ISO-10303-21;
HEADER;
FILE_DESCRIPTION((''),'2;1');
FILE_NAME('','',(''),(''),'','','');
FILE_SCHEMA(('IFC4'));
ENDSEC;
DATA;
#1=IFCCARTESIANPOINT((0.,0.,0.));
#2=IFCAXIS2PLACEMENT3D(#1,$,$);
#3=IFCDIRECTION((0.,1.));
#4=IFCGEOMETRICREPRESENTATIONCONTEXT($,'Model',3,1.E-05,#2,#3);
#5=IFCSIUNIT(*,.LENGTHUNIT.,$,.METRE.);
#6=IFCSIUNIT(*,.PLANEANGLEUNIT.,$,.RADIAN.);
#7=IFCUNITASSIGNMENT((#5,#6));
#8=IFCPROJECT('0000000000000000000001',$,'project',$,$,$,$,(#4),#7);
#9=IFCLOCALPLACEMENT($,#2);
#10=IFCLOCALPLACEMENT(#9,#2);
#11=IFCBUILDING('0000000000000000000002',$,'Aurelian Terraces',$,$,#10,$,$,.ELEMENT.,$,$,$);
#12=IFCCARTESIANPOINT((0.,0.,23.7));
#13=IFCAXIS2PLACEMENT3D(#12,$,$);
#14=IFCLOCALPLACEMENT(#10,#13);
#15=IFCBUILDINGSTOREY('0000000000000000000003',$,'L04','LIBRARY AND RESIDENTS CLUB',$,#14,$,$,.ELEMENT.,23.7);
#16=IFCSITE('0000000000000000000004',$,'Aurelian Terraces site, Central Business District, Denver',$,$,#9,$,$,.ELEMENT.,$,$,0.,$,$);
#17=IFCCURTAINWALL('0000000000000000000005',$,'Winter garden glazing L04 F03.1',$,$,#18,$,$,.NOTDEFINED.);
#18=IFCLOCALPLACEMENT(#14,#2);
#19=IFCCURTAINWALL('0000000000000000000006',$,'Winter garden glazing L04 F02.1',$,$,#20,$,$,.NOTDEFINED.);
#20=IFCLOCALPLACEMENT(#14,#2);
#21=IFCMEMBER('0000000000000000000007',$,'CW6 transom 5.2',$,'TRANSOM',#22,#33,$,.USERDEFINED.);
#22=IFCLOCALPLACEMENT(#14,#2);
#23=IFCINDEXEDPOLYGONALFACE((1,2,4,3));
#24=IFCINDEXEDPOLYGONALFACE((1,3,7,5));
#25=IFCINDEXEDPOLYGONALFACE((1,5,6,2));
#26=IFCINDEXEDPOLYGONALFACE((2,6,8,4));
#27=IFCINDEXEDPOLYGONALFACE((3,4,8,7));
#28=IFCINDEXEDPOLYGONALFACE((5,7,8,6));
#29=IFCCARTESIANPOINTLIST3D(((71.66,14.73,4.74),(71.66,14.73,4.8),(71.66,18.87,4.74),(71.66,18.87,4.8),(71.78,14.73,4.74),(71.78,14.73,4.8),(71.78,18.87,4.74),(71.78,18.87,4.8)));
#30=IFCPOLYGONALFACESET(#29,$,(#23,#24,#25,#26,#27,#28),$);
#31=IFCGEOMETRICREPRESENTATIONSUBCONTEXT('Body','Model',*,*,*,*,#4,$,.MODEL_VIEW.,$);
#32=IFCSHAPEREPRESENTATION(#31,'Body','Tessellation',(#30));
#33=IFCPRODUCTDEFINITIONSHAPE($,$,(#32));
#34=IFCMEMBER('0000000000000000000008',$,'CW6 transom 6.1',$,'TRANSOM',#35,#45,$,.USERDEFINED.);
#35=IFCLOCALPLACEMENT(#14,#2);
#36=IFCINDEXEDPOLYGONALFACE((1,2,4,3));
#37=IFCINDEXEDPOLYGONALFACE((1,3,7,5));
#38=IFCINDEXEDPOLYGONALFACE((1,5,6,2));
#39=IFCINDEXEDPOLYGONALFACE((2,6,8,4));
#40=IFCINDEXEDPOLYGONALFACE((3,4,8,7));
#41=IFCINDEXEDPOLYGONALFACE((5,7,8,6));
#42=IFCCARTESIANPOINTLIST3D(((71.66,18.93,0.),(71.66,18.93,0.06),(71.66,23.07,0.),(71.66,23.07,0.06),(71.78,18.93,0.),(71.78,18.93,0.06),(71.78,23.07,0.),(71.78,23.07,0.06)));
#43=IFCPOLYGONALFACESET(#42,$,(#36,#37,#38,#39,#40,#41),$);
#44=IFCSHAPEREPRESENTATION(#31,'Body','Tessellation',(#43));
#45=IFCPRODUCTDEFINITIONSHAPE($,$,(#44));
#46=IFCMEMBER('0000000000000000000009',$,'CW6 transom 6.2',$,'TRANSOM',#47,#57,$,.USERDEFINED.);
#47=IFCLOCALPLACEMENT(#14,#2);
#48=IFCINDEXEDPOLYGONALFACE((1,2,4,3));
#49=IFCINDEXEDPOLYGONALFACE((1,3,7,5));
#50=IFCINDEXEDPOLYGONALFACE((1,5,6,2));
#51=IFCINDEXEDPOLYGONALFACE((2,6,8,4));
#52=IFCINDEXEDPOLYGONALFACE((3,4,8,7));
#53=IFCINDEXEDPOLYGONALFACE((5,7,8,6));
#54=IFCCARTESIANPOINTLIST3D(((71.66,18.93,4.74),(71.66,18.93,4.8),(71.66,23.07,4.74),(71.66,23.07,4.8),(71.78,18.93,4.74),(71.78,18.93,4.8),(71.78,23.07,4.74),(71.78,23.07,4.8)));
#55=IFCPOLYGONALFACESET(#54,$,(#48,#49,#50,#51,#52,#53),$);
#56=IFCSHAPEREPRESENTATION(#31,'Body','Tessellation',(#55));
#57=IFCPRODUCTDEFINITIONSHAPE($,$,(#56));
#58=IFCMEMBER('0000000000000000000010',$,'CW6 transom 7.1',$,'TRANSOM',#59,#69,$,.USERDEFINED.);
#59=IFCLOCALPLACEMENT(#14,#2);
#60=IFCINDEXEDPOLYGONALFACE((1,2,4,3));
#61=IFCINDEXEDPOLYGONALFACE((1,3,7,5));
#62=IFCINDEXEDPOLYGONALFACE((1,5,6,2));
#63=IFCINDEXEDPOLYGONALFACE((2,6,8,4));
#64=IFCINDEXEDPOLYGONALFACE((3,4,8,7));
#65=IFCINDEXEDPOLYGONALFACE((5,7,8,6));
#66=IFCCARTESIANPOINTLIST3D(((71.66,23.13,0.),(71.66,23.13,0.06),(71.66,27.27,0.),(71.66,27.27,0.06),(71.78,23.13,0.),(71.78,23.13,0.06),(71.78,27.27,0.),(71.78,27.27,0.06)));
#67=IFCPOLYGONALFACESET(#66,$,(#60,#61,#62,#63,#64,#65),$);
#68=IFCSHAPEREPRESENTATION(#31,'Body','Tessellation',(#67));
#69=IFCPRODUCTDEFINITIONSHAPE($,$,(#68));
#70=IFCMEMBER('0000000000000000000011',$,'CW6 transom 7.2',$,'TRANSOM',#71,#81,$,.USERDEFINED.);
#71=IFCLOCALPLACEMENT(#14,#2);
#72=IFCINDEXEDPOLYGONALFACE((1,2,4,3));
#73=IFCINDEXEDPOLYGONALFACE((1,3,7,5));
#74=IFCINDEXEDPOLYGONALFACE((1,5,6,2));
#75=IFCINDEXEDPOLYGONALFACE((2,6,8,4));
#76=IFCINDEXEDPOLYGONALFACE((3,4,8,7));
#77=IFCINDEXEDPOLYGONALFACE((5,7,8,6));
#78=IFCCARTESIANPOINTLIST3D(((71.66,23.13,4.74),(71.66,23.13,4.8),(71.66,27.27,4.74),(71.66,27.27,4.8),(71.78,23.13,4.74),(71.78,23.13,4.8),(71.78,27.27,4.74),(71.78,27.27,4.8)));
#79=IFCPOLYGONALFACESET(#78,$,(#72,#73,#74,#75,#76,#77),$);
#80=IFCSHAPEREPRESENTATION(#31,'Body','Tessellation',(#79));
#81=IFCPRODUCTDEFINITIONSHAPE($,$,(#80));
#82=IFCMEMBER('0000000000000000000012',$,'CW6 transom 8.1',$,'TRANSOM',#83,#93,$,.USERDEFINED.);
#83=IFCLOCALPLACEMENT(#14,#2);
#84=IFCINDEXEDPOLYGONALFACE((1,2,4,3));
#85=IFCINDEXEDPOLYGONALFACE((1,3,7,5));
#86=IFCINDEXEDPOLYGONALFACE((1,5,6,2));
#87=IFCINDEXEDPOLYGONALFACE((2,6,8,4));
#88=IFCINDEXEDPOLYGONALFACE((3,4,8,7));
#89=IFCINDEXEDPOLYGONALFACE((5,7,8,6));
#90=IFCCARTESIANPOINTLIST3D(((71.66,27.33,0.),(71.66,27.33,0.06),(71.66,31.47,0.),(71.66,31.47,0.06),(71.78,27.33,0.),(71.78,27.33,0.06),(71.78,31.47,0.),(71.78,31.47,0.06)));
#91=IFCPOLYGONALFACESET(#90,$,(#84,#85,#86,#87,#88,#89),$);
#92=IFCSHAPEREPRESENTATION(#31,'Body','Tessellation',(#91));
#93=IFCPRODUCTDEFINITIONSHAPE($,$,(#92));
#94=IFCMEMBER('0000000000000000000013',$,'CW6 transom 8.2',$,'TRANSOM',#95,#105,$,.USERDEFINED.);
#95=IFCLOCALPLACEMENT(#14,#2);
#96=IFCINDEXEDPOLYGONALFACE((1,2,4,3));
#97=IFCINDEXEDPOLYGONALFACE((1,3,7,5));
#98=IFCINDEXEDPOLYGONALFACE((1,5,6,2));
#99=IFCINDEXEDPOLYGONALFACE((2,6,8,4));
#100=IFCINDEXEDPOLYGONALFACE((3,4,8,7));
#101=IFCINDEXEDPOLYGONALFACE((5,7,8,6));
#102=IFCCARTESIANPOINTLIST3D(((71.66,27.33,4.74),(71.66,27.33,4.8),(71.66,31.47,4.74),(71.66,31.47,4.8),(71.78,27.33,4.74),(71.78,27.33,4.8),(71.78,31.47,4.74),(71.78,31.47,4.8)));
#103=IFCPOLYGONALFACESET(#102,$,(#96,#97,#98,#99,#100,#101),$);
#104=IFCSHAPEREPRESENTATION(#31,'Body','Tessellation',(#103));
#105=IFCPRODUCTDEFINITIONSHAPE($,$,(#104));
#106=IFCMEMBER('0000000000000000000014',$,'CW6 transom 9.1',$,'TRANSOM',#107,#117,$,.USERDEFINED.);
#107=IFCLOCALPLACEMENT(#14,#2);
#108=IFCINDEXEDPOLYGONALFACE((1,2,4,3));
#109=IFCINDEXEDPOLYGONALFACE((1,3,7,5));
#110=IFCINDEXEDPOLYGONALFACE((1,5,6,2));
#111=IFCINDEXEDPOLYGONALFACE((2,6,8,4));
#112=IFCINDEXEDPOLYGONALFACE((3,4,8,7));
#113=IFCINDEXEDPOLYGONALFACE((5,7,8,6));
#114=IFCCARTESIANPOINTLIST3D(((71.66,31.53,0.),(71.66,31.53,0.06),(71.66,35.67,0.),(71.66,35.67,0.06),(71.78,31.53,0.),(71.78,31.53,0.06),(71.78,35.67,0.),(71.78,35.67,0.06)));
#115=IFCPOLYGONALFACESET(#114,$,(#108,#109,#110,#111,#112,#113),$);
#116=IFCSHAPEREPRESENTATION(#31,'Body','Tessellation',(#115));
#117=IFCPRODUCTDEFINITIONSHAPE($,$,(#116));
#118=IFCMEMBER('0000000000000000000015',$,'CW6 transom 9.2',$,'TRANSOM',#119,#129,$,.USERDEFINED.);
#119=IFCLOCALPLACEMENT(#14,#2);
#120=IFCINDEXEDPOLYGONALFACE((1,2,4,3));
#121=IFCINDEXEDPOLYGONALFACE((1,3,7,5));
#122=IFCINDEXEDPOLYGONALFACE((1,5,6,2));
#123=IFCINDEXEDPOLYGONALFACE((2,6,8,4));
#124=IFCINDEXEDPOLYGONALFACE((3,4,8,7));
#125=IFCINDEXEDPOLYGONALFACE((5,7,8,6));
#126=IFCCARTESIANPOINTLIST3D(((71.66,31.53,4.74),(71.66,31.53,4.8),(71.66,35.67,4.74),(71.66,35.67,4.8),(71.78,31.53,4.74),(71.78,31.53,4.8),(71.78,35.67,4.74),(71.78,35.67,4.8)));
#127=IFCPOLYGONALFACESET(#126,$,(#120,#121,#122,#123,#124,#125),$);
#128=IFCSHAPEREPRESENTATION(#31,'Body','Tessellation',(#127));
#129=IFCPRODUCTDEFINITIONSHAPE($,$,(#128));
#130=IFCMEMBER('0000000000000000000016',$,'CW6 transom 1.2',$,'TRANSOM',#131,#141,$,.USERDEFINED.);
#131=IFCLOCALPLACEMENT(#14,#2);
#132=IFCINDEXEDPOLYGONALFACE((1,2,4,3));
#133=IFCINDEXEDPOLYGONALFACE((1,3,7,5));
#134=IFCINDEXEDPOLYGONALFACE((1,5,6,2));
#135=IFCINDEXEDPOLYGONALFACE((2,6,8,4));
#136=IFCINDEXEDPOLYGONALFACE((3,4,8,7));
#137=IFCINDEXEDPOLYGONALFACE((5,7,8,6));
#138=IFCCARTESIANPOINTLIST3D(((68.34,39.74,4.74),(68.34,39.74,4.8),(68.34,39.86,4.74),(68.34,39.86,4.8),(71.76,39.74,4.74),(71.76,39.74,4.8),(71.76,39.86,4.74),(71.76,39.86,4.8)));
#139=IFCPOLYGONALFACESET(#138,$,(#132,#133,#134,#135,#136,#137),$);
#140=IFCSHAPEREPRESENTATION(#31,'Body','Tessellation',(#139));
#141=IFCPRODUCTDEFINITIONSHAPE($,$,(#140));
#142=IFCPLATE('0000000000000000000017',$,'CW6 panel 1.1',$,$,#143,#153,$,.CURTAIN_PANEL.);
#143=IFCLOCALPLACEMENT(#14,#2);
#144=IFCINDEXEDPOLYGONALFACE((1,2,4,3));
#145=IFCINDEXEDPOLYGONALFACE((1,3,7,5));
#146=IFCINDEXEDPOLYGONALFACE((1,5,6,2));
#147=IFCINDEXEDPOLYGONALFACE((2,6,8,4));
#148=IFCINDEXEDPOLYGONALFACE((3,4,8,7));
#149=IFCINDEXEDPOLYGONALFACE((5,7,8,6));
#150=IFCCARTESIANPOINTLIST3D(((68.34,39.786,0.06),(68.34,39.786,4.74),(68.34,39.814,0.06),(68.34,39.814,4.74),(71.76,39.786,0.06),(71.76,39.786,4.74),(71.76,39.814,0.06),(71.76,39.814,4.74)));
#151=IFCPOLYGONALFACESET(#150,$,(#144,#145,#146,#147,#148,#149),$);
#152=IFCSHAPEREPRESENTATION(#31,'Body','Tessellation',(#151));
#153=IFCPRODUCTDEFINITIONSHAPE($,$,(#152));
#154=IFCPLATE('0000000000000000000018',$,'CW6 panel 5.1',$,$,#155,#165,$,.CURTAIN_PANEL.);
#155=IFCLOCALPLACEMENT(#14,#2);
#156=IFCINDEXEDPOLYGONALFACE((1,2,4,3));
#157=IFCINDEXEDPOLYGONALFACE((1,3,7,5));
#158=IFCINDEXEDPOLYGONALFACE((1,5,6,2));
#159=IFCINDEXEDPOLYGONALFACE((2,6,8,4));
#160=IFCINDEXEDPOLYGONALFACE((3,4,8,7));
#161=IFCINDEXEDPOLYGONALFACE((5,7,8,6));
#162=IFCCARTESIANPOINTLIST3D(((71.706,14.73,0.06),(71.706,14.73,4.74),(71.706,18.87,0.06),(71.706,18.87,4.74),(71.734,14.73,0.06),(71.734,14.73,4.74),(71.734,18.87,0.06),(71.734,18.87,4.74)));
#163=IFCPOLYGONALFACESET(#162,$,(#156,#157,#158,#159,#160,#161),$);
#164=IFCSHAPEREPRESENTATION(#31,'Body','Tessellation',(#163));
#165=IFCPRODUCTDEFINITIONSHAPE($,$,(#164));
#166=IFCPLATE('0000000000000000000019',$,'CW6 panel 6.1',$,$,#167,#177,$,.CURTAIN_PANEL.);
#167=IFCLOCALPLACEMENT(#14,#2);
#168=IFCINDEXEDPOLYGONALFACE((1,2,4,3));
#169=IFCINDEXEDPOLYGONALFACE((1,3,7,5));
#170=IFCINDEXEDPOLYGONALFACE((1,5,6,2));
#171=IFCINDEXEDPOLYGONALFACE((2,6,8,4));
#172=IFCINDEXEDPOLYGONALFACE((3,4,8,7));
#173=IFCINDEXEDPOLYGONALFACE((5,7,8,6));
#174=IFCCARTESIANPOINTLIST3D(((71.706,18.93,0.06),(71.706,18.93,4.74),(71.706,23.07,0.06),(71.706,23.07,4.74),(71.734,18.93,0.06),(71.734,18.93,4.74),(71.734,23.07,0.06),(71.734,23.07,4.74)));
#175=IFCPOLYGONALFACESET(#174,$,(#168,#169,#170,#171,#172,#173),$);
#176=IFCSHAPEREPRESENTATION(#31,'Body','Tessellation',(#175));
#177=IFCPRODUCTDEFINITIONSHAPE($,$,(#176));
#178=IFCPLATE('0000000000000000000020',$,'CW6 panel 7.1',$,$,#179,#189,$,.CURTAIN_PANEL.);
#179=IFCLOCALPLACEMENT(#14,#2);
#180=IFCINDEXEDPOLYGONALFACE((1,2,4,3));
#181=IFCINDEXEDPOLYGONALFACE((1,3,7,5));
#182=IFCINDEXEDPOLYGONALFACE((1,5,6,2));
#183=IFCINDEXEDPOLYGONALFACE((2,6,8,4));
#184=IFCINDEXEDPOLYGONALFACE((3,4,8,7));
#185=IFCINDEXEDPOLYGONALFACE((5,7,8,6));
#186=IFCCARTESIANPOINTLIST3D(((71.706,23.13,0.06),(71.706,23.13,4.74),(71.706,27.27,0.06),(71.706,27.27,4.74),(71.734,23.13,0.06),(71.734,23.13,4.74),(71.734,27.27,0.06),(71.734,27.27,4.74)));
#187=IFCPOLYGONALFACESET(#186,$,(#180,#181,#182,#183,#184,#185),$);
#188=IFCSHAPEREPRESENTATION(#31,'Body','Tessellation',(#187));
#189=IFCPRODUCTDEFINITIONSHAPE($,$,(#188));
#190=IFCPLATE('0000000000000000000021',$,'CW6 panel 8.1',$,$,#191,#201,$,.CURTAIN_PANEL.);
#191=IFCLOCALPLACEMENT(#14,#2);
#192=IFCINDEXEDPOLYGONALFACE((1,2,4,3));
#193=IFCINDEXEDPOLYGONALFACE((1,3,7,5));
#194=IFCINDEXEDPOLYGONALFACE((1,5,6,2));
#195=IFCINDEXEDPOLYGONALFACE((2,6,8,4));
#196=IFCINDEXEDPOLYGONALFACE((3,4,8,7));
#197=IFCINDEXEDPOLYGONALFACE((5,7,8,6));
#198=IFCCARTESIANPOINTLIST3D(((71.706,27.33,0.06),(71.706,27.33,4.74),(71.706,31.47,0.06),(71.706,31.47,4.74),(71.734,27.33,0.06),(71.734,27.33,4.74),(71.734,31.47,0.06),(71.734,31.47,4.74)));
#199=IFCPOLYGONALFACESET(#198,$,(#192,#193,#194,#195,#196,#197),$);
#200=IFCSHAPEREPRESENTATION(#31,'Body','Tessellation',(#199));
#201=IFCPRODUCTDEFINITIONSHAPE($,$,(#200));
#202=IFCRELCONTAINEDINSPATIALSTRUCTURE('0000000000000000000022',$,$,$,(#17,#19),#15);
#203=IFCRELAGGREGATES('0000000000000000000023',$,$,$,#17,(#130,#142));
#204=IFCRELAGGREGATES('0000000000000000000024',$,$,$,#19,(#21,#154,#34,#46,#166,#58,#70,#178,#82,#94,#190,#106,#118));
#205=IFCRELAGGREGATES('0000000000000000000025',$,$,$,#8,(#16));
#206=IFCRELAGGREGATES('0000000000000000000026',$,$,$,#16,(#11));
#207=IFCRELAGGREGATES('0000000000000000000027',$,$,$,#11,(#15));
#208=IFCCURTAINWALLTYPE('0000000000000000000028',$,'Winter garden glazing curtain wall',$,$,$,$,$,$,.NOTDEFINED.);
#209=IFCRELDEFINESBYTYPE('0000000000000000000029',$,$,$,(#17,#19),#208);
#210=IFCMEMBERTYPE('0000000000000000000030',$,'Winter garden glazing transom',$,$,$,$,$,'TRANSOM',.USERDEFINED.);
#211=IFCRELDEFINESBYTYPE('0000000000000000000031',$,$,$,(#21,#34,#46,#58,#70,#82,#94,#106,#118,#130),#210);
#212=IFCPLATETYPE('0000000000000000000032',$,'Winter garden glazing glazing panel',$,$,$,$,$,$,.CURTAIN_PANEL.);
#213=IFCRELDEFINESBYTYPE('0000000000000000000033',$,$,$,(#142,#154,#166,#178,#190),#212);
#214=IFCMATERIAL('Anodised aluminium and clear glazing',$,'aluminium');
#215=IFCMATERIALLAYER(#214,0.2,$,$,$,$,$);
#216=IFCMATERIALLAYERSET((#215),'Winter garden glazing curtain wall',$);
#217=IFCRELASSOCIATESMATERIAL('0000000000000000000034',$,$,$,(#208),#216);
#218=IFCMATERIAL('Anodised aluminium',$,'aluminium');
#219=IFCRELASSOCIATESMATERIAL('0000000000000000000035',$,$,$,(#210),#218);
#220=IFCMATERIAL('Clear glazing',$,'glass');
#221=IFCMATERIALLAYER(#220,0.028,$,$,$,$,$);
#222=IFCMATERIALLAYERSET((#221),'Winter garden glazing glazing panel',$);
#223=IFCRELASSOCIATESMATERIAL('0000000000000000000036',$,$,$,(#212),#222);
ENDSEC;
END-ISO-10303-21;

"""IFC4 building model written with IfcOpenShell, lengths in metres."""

from ifc_helpers import new_model, si_unit, direction, frame, origin, origin_2d, place, context, subcontext, project, spatial, rectangle, extrude, source, transform, mapped, material, layer, layer_set, material_profile, profile_set, type_object, element, aggregate, save


model = new_model("IFC4")

# Units and contexts
model_context = context("Model", 3, precision=1e-05, world=origin(), true_north=direction((0.0, 1.0)))
body_context = subcontext(model_context, "Body", "Model", "MODEL_VIEW")
ifc_project = project(units=[si_unit("LENGTHUNIT", "METRE"), si_unit("PLANEANGLEUNIT", "RADIAN")], contexts=[model_context])

# Site, building, storey
site_placement = place(None, origin())
site = spatial("IfcSite", under=ifc_project, at=site_placement, Name="Aurelian Terraces site, Central Business District, Denver", CompositionType="ELEMENT", RefElevation=0.0)
building_placement = place(site_placement, origin())
building = spatial("IfcBuilding", under=site, at=building_placement, Name="Aurelian Terraces", CompositionType="ELEMENT")
storey_placement = place(building_placement, frame((0.0, 0.0, 23.7)))
storey = spatial("IfcBuildingStorey", under=building, at=storey_placement, Name="L04", Description="LIBRARY AND RESIDENTS CLUB", CompositionType="ELEMENT", Elevation=23.7)

# Curtain wall
ifc_material_1 = material(Name="Anodised aluminium and clear glazing", Category="aluminium")
ifc_layer_1 = layer(ifc_material_1, 0.2)
ifc_layer_set_1 = layer_set([ifc_layer_1], Name="Winter garden glazing curtain wall")
curtain_wall_type = type_object("IfcCurtainWallType", Name="Winter garden glazing curtain wall", PredefinedType="NOTDEFINED", material=ifc_layer_set_1)
curtain_wall_1_placement = place(storey_placement, origin())
curtain_wall_1 = element("IfcCurtainWall", 1, at=curtain_wall_1_placement, inside=storey, type_object=curtain_wall_type, Name="Winter garden glazing L04 F03.1", PredefinedType="NOTDEFINED")
ifc_material_2 = material(Name="Anodised aluminium", Category="aluminium")
ifc_material_profile_1 = material_profile(ifc_material_2, rectangle(XDim=0.12, YDim=0.06, at=origin_2d()))
ifc_profile_set_1 = profile_set([ifc_material_profile_1], Name="Anodised aluminium")
member_type_1 = type_object("IfcMemberType", Name="Winter garden glazing transom", ElementType="TRANSOM", PredefinedType="USERDEFINED", material=ifc_profile_set_1)

# Curtain wall
curtain_wall_2_placement = place(storey_placement, origin())
curtain_wall_2 = element("IfcCurtainWall", 2, at=curtain_wall_2_placement, inside=storey, type_object=curtain_wall_type, Name="Winter garden glazing L04 F02.1", PredefinedType="NOTDEFINED")

# Members
shared_shape_1 = source(origin(), body_context, "Body", "SweptSolid", [
    extrude(rectangle(XDim=0.12, YDim=0.06, at=origin_2d()), origin(), (0.0, 0.0, 1.0), 4.14),
])
member_1_placement = place(storey_placement, frame((71.72, 14.73, 4.77), z_axis=(0.0, 1.0, 0.0), x_axis=(-1.0, 0.0, 0.0)))
member_1 = element("IfcMember", 3, at=member_1_placement, type_object=member_type_1, Name="CW6 transom 5.2", ObjectType="TRANSOM", PredefinedType="USERDEFINED", context=body_context, shape_type="MappedRepresentation", body=[
    mapped(shared_shape_1, transform((0.0, 0.0, 0.0), scale=1.0)),
])
member_2_placement = place(storey_placement, frame((71.72, 18.93, 0.03), z_axis=(0.0, 1.0, 0.0), x_axis=(-1.0, 0.0, 0.0)))
member_2 = element("IfcMember", 4, at=member_2_placement, type_object=member_type_1, Name="CW6 transom 6.1", ObjectType="TRANSOM", PredefinedType="USERDEFINED", context=body_context, shape_type="MappedRepresentation", body=[
    mapped(shared_shape_1, transform((0.0, 0.0, 0.0), scale=1.0)),
])
member_3_placement = place(storey_placement, frame((71.72, 18.93, 4.77), z_axis=(0.0, 1.0, 0.0), x_axis=(-1.0, 0.0, 0.0)))
member_3 = element("IfcMember", 5, at=member_3_placement, type_object=member_type_1, Name="CW6 transom 6.2", ObjectType="TRANSOM", PredefinedType="USERDEFINED", context=body_context, shape_type="MappedRepresentation", body=[
    mapped(shared_shape_1, transform((0.0, 0.0, 0.0), scale=1.0)),
])
member_4_placement = place(storey_placement, frame((71.72, 23.13, 0.03), z_axis=(0.0, 1.0, 0.0), x_axis=(-1.0, 0.0, 0.0)))
member_4 = element("IfcMember", 6, at=member_4_placement, type_object=member_type_1, Name="CW6 transom 7.1", ObjectType="TRANSOM", PredefinedType="USERDEFINED", context=body_context, shape_type="MappedRepresentation", body=[
    mapped(shared_shape_1, transform((0.0, 0.0, 0.0), scale=1.0)),
])
member_5_placement = place(storey_placement, frame((71.72, 23.13, 4.77), z_axis=(0.0, 1.0, 0.0), x_axis=(-1.0, 0.0, 0.0)))
member_5 = element("IfcMember", 7, at=member_5_placement, type_object=member_type_1, Name="CW6 transom 7.2", ObjectType="TRANSOM", PredefinedType="USERDEFINED", context=body_context, shape_type="MappedRepresentation", body=[
    mapped(shared_shape_1, transform((0.0, 0.0, 0.0), scale=1.0)),
])
member_6_placement = place(storey_placement, frame((71.72, 27.33, 0.03), z_axis=(0.0, 1.0, 0.0), x_axis=(-1.0, 0.0, 0.0)))
member_6 = element("IfcMember", 8, at=member_6_placement, type_object=member_type_1, Name="CW6 transom 8.1", ObjectType="TRANSOM", PredefinedType="USERDEFINED", context=body_context, shape_type="MappedRepresentation", body=[
    mapped(shared_shape_1, transform((0.0, 0.0, 0.0), scale=1.0)),
])
member_7_placement = place(storey_placement, frame((71.72, 27.33, 4.77), z_axis=(0.0, 1.0, 0.0), x_axis=(-1.0, 0.0, 0.0)))
member_7 = element("IfcMember", 9, at=member_7_placement, type_object=member_type_1, Name="CW6 transom 8.2", ObjectType="TRANSOM", PredefinedType="USERDEFINED", context=body_context, shape_type="MappedRepresentation", body=[
    mapped(shared_shape_1, transform((0.0, 0.0, 0.0), scale=1.0)),
])
member_8_placement = place(storey_placement, frame((71.72, 31.53, 0.03), z_axis=(0.0, 1.0, 0.0), x_axis=(-1.0, 0.0, 0.0)))
member_8 = element("IfcMember", 10, at=member_8_placement, type_object=member_type_1, Name="CW6 transom 9.1", ObjectType="TRANSOM", PredefinedType="USERDEFINED", context=body_context, shape_type="MappedRepresentation", body=[
    mapped(shared_shape_1, transform((0.0, 0.0, 0.0), scale=1.0)),
])
member_9_placement = place(storey_placement, frame((71.72, 31.53, 4.77), z_axis=(0.0, 1.0, 0.0), x_axis=(-1.0, 0.0, 0.0)))
member_9 = element("IfcMember", 11, at=member_9_placement, type_object=member_type_1, Name="CW6 transom 9.2", ObjectType="TRANSOM", PredefinedType="USERDEFINED", context=body_context, shape_type="MappedRepresentation", body=[
    mapped(shared_shape_1, transform((0.0, 0.0, 0.0), scale=1.0)),
])
shared_shape_2 = source(origin(), body_context, "Body", "SweptSolid", [
    extrude(rectangle(XDim=0.12, YDim=0.06, at=origin_2d()), origin(), (0.0, 0.0, 1.0), 3.42),
])
member_10_placement = place(storey_placement, frame((71.76, 39.8, 4.77), z_axis=(-1.0, 0.0, 0.0), x_axis=(0.0, -1.0, 0.0)))
member_10 = element("IfcMember", 12, at=member_10_placement, type_object=member_type_1, Name="CW6 transom 1.2", ObjectType="TRANSOM", PredefinedType="USERDEFINED", context=body_context, shape_type="MappedRepresentation", body=[
    mapped(shared_shape_2, transform((0.0, 0.0, 0.0), scale=1.0)),
])

# Plates
ifc_material_3 = material(Name="Clear glazing", Category="glass")
ifc_layer_2 = layer(ifc_material_3, 0.028)
ifc_layer_set_2 = layer_set([ifc_layer_2], Name="Winter garden glazing glazing panel")
plate_type = type_object("IfcPlateType", Name="Winter garden glazing glazing panel", PredefinedType="CURTAIN_PANEL", material=ifc_layer_set_2)
plate_1_placement = place(storey_placement, frame((70.05, 39.8, 0.06), z_axis=(0.0, 0.0, 1.0), x_axis=(-1.0, 0.0, 0.0)))
plate_1 = element("IfcPlate", 13, at=plate_1_placement, type_object=plate_type, Name="CW6 panel 1.1", PredefinedType="CURTAIN_PANEL", context=body_context, shape_type="SweptSolid", body=[
    extrude(rectangle(XDim=3.42, YDim=0.028, at=origin_2d()), origin(), (0.0, 0.0, 1.0), 4.68),
])
aggregate(curtain_wall_1, [member_10, plate_1])
shared_shape_3 = source(origin(), body_context, "Body", "SweptSolid", [
    extrude(rectangle(XDim=4.14, YDim=0.028, at=origin_2d()), origin(), (0.0, 0.0, 1.0), 4.68),
])
plate_2_placement = place(storey_placement, frame((71.72, 16.8, 0.06), z_axis=(0.0, 0.0, 1.0), x_axis=(0.0, 1.0, 0.0)))
plate_2 = element("IfcPlate", 14, at=plate_2_placement, type_object=plate_type, Name="CW6 panel 5.1", PredefinedType="CURTAIN_PANEL", context=body_context, shape_type="MappedRepresentation", body=[
    mapped(shared_shape_3, transform((0.0, 0.0, 0.0), scale=1.0)),
])
plate_3_placement = place(storey_placement, frame((71.72, 21.0, 0.06), z_axis=(0.0, 0.0, 1.0), x_axis=(0.0, 1.0, 0.0)))
plate_3 = element("IfcPlate", 15, at=plate_3_placement, type_object=plate_type, Name="CW6 panel 6.1", PredefinedType="CURTAIN_PANEL", context=body_context, shape_type="MappedRepresentation", body=[
    mapped(shared_shape_3, transform((0.0, 0.0, 0.0), scale=1.0)),
])
plate_4_placement = place(storey_placement, frame((71.72, 25.2, 0.06), z_axis=(0.0, 0.0, 1.0), x_axis=(0.0, 1.0, 0.0)))
plate_4 = element("IfcPlate", 16, at=plate_4_placement, type_object=plate_type, Name="CW6 panel 7.1", PredefinedType="CURTAIN_PANEL", context=body_context, shape_type="MappedRepresentation", body=[
    mapped(shared_shape_3, transform((0.0, 0.0, 0.0), scale=1.0)),
])
plate_5_placement = place(storey_placement, frame((71.72, 29.4, 0.06), z_axis=(0.0, 0.0, 1.0), x_axis=(0.0, 1.0, 0.0)))
plate_5 = element("IfcPlate", 17, at=plate_5_placement, type_object=plate_type, Name="CW6 panel 8.1", PredefinedType="CURTAIN_PANEL", context=body_context, shape_type="MappedRepresentation", body=[
    mapped(shared_shape_3, transform((0.0, 0.0, 0.0), scale=1.0)),
])
aggregate(curtain_wall_2, [member_1, plate_2, member_2, member_3, plate_3, member_4, member_5, plate_4, member_6, member_7, plate_5, member_8, member_9])

save(model, "model.ifc")
